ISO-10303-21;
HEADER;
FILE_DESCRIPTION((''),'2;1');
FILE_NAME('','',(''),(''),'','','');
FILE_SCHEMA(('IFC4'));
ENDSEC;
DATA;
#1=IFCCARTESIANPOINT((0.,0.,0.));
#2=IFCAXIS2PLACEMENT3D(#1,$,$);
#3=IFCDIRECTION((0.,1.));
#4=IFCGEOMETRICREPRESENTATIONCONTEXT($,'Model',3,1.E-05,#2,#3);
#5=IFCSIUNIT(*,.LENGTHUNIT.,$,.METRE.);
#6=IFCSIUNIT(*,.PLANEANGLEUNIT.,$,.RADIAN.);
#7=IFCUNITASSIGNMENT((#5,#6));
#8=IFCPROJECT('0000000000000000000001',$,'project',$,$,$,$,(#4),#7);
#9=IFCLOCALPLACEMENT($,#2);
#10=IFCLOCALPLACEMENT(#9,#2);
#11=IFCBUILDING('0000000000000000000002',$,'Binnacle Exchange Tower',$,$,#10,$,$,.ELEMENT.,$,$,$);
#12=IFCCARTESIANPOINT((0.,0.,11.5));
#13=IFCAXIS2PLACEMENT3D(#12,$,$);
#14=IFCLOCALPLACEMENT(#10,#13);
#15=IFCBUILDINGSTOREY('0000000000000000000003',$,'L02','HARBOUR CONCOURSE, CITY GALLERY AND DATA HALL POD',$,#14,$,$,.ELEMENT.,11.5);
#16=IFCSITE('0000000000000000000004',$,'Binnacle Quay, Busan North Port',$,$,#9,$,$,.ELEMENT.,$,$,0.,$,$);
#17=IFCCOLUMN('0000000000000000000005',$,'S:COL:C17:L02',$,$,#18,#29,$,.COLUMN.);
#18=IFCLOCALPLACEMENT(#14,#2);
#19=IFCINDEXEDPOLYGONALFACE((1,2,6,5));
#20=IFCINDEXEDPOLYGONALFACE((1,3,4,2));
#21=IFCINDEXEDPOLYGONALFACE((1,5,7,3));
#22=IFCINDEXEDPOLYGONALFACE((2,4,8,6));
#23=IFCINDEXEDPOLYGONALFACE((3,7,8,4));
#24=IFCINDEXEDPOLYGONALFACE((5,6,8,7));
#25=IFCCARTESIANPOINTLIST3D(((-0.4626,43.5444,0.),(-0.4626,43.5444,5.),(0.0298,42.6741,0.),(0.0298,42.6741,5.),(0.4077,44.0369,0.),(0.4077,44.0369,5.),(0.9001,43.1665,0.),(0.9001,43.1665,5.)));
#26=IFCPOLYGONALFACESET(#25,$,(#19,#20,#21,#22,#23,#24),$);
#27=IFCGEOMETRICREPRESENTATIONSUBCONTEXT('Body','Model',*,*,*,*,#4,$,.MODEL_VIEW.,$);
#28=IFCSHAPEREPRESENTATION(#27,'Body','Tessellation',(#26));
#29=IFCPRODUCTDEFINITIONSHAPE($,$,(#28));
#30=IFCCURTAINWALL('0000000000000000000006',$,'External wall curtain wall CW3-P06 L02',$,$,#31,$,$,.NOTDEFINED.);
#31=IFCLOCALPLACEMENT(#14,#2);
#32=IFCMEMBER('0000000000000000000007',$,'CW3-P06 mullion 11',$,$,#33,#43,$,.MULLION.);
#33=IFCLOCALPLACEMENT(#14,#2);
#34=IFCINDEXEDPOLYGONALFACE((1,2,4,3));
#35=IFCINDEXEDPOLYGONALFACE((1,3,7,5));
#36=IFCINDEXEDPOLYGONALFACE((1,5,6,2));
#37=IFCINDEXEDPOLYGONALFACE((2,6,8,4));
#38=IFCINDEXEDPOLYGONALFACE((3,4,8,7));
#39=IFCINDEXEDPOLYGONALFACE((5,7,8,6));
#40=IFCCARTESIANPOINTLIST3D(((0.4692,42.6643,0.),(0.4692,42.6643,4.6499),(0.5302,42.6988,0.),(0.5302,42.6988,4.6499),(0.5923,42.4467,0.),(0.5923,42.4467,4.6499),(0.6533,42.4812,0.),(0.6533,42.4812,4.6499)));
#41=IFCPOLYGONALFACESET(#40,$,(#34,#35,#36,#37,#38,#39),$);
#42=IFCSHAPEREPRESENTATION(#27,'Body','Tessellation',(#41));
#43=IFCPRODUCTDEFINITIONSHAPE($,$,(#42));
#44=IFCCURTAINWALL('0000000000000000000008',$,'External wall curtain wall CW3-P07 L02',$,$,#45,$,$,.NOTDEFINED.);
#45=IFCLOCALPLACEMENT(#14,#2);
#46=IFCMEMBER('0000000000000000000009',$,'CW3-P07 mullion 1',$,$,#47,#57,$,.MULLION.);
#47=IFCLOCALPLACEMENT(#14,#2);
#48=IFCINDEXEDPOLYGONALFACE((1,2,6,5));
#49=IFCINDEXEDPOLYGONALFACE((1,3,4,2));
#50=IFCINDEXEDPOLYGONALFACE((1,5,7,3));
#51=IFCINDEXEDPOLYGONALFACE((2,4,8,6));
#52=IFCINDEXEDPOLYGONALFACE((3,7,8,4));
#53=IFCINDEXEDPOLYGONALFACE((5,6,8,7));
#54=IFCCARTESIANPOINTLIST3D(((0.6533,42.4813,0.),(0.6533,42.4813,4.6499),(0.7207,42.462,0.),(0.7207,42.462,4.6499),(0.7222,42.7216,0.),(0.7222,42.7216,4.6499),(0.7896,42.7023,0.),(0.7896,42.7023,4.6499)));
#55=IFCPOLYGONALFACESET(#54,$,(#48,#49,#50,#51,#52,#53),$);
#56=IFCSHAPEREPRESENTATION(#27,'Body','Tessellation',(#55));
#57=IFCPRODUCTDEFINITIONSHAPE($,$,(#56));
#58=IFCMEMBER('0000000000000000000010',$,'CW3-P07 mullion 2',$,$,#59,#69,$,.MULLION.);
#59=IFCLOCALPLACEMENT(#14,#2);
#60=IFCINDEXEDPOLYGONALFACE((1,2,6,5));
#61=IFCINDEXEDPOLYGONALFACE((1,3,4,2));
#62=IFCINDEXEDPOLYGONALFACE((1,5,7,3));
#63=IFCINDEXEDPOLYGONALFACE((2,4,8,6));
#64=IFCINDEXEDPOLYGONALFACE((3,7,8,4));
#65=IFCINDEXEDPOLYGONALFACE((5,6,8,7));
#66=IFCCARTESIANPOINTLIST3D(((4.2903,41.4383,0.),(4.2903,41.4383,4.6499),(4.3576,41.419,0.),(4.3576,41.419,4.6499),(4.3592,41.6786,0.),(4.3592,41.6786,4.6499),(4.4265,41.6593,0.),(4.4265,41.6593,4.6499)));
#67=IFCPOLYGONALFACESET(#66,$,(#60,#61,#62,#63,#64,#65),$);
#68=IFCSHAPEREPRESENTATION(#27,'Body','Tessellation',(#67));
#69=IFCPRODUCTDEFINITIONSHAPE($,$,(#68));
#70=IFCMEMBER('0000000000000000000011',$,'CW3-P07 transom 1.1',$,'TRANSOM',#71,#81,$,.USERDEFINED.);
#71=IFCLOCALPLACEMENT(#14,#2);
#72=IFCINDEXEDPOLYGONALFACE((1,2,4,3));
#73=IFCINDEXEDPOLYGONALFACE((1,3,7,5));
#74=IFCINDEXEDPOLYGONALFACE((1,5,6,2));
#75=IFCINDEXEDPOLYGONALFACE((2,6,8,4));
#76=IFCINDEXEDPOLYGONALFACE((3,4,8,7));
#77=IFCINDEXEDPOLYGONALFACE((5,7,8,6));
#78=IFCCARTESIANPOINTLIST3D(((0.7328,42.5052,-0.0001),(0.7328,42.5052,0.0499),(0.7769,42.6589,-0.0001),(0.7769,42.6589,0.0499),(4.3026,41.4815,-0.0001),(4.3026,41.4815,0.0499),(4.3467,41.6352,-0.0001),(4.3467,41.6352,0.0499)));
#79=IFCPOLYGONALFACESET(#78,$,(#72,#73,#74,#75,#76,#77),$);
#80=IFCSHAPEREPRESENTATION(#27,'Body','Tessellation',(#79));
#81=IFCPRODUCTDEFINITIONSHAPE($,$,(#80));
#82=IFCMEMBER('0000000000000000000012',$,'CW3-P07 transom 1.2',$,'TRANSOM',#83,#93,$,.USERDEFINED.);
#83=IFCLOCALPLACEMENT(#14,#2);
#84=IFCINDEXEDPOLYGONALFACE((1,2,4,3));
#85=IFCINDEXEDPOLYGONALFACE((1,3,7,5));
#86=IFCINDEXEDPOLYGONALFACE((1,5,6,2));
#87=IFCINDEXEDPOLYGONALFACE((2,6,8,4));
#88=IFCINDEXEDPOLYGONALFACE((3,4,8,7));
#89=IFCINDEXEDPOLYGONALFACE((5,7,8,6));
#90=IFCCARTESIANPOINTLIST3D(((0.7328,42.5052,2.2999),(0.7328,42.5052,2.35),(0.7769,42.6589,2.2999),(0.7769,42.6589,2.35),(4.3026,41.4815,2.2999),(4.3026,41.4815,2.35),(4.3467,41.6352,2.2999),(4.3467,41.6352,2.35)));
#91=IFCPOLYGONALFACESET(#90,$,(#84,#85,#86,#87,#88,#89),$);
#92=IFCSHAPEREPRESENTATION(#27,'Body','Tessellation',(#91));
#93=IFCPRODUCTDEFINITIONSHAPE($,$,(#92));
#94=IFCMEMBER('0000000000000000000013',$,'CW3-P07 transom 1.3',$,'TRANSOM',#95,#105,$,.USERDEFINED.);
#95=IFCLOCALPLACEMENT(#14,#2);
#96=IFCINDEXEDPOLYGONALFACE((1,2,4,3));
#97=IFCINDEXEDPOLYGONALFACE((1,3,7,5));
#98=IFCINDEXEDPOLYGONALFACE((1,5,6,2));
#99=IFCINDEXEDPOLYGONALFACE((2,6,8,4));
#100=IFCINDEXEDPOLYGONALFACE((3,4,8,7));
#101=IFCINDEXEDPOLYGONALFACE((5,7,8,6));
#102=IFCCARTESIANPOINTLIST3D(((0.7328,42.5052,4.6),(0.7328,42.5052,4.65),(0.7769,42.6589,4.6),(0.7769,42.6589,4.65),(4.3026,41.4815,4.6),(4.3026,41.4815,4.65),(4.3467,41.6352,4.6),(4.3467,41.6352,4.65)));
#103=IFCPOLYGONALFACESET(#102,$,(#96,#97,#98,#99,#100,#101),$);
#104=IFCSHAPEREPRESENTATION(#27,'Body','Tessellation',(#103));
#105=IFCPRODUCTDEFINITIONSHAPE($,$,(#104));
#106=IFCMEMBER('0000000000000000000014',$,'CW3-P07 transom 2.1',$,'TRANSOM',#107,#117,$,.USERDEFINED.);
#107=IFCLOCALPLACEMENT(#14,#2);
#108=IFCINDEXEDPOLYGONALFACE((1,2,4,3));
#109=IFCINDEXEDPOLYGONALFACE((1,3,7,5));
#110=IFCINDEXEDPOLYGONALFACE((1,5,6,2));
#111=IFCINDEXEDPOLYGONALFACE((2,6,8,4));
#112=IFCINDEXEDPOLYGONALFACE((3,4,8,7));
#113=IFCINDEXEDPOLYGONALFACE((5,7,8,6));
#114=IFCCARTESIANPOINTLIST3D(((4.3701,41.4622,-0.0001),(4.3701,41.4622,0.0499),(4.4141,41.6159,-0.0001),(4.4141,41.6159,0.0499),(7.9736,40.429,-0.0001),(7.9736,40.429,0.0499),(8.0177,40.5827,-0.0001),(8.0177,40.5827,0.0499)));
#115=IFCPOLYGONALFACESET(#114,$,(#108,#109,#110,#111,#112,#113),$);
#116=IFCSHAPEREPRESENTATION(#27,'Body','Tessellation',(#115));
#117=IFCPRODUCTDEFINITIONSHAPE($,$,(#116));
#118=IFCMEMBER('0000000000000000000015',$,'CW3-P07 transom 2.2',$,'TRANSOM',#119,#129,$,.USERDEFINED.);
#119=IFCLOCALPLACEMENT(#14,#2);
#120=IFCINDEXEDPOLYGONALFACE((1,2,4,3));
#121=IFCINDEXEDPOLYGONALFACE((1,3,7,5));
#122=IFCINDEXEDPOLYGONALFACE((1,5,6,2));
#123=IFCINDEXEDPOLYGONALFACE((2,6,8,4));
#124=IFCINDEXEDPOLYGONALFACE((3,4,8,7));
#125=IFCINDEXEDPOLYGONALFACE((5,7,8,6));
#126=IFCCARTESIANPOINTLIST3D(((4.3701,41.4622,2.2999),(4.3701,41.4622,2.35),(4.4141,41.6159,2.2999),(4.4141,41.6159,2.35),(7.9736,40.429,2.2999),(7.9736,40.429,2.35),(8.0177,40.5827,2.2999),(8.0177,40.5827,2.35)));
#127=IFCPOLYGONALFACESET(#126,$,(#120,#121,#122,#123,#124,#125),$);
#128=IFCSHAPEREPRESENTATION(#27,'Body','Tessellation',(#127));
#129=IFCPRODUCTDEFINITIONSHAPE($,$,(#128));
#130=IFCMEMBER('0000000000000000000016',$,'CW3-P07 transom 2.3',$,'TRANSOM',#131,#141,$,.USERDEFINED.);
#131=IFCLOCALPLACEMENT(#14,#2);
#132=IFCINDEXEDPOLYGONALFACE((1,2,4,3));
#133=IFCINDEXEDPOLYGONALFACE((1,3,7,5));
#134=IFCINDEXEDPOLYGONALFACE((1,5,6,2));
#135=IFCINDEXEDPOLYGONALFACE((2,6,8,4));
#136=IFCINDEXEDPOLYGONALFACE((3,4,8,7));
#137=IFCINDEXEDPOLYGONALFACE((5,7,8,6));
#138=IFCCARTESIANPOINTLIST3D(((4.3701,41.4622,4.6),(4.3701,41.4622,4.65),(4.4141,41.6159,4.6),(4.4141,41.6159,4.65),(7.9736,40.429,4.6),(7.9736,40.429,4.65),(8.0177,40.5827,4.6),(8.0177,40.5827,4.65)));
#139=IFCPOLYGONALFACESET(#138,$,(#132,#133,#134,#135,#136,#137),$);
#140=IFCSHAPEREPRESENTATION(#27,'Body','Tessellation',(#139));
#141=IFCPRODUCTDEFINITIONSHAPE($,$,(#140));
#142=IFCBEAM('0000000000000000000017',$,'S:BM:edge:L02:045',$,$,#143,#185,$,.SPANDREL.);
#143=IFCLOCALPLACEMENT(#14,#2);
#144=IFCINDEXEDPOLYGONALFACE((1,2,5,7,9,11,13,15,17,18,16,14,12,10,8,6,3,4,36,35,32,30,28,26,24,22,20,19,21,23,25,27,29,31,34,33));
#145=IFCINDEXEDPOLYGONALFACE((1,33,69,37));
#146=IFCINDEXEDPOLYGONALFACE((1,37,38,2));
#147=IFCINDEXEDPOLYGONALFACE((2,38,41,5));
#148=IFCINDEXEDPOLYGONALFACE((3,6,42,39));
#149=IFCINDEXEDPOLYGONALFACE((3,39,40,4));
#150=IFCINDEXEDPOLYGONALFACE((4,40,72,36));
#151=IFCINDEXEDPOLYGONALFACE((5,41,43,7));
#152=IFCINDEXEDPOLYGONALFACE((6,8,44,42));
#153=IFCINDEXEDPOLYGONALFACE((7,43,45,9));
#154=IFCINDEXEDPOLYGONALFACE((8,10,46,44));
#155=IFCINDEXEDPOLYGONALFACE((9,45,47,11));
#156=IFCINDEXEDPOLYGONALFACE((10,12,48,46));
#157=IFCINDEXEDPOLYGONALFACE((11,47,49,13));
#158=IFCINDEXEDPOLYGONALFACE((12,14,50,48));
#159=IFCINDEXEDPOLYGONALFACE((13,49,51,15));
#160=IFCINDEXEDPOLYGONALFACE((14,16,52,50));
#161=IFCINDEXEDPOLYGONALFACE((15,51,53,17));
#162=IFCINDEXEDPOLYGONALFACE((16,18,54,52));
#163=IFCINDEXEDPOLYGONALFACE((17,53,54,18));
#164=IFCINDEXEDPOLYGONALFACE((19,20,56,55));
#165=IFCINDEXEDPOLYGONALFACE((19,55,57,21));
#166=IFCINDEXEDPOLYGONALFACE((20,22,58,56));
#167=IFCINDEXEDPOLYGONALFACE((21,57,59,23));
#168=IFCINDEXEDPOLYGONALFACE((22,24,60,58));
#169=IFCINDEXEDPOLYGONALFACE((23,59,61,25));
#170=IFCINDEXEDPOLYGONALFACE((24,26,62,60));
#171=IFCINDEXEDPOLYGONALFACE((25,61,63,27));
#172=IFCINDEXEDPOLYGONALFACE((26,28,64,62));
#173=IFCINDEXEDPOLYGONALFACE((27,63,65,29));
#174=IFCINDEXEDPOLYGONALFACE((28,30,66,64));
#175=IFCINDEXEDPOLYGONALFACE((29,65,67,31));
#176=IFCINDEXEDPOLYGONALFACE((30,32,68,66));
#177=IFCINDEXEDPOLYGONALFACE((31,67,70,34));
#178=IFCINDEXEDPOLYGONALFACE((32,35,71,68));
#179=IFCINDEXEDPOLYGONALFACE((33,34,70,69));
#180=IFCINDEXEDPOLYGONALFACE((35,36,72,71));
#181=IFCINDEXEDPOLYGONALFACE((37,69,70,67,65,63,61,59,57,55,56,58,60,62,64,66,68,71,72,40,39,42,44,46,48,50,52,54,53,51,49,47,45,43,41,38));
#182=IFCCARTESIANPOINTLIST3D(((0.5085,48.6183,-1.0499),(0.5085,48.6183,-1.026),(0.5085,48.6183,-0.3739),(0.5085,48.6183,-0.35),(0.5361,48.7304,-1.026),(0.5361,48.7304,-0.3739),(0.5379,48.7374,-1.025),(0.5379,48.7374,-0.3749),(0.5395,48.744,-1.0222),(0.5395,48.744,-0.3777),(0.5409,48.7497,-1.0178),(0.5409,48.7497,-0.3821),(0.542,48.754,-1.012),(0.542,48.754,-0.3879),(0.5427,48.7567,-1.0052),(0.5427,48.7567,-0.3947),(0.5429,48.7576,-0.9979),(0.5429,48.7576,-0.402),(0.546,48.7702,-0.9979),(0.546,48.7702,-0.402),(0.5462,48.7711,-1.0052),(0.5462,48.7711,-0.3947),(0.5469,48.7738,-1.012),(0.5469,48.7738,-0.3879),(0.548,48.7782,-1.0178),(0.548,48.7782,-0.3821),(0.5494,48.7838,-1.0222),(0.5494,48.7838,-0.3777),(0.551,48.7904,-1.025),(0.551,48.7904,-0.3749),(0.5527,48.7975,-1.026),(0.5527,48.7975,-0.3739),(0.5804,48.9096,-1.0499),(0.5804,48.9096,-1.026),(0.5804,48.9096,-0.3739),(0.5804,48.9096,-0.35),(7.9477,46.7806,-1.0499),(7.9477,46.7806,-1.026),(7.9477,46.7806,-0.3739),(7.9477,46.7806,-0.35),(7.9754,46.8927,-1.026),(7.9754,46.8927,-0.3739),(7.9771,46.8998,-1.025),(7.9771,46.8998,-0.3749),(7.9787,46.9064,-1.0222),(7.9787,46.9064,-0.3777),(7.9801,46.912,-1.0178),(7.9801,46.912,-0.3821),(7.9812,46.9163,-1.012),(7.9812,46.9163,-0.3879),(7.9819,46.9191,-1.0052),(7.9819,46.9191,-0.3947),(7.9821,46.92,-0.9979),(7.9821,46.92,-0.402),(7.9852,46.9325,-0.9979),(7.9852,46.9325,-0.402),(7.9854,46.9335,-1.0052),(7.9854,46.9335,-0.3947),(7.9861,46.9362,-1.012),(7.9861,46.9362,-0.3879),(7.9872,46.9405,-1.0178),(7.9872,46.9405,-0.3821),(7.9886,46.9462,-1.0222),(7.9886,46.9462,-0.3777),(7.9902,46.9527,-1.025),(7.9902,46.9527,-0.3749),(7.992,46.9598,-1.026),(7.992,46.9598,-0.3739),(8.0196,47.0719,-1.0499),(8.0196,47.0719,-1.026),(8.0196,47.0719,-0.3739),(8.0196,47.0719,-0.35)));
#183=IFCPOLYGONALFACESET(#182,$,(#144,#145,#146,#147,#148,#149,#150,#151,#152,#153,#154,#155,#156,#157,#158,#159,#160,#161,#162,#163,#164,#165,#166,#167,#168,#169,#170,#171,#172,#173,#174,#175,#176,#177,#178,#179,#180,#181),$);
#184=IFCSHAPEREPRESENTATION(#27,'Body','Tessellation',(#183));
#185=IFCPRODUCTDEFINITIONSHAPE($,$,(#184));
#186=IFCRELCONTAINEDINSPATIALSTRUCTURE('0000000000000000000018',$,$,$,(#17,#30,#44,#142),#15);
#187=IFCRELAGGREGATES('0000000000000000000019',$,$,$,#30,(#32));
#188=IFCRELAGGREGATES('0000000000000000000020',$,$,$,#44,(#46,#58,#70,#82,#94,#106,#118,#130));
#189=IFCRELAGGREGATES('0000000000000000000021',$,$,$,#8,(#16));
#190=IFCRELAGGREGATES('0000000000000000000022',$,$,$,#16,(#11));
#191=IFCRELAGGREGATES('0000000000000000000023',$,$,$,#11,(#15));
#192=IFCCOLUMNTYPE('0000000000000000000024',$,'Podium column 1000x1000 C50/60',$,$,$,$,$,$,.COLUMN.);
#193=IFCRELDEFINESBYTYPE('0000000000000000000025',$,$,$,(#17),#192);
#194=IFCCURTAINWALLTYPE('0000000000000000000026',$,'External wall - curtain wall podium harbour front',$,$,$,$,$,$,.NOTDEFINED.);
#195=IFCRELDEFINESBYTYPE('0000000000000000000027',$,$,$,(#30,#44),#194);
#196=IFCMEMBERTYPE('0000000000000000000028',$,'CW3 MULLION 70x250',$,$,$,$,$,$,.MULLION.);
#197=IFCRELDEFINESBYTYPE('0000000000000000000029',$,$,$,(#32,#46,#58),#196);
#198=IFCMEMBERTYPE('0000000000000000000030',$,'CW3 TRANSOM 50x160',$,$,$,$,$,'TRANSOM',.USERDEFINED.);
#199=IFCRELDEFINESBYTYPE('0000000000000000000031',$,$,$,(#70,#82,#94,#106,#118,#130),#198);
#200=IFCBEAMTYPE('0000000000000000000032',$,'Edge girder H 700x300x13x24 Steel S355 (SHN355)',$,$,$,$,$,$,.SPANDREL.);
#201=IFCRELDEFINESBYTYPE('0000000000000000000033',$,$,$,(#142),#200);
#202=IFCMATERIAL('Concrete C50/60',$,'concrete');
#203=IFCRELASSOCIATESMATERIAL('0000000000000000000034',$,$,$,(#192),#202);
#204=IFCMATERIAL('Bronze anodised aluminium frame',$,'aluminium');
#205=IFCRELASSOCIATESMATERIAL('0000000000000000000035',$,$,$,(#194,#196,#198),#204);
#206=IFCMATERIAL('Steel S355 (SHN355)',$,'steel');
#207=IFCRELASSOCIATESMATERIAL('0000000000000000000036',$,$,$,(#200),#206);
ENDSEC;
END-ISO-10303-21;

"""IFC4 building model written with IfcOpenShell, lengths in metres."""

from ifc_helpers import new_model, si_unit, direction, frame, origin, origin_2d, place, context, subcontext, project, spatial, rectangle, i_section, extrude, material, material_profile, profile_set, type_object, element, aggregate, save


model = new_model("IFC4")

# Units and contexts
model_context = context("Model", 3, precision=1e-05, world=origin(), true_north=direction((0.0, 1.0)))
body_context = subcontext(model_context, "Body", "Model", "MODEL_VIEW")
ifc_project = project(units=[si_unit("LENGTHUNIT", "METRE"), si_unit("PLANEANGLEUNIT", "RADIAN")], contexts=[model_context])

# Site, building, storey
site_placement = place(None, origin())
site = spatial("IfcSite", under=ifc_project, at=site_placement, Name="Binnacle Quay, Busan North Port", CompositionType="ELEMENT", RefElevation=0.0)
building_placement = place(site_placement, origin())
building = spatial("IfcBuilding", under=site, at=building_placement, Name="Binnacle Exchange Tower", CompositionType="ELEMENT")
storey_placement = place(building_placement, frame((0.0, 0.0, 11.5)))
storey = spatial("IfcBuildingStorey", under=building, at=storey_placement, Name="L02", Description="HARBOUR CONCOURSE, CITY GALLERY AND DATA HALL POD", CompositionType="ELEMENT", Elevation=11.5)

# Column
ifc_material_1 = material(Name="Concrete C50/60", Category="concrete")
ifc_material_profile_1 = material_profile(ifc_material_1, rectangle(XDim=1.0, YDim=1.0, at=origin_2d()), Name="Podium column 1000x1000 C50/60")
ifc_profile_set_1 = profile_set([ifc_material_profile_1], Name="Concrete C50/60")
column_type = type_object("IfcColumnType", Name="Podium column 1000x1000 C50/60", PredefinedType="COLUMN", material=ifc_profile_set_1)
column_placement = place(storey_placement, frame((0.2188, 43.3555, 0.0), z_axis=(0.0, 0.0, 1.0), x_axis=(0.870356, 0.492424, 0.0)))
element("IfcColumn", 1, at=column_placement, inside=storey, type_object=column_type, Name="S:COL:C17:L02", PredefinedType="COLUMN", context=body_context, shape_type="SweptSolid", body=[
    extrude(rectangle(XDim=1.0, YDim=1.0, at=origin_2d()), origin(), (0.0, 0.0, 1.0), 5.0),
])

# Curtain wall, member
ifc_material_2 = material(Name="Bronze anodised aluminium frame", Category="aluminium")
curtain_wall_type = type_object("IfcCurtainWallType", Name="External wall - curtain wall podium harbour front", PredefinedType="NOTDEFINED", material=ifc_material_2)
curtain_wall_1_placement = place(storey_placement, origin())
curtain_wall_1 = element("IfcCurtainWall", 2, at=curtain_wall_1_placement, inside=storey, type_object=curtain_wall_type, Name="External wall curtain wall CW3-P06 L02", PredefinedType="NOTDEFINED")
ifc_material_profile_2 = material_profile(ifc_material_2, rectangle(XDim=0.25, YDim=0.0701, at=origin_2d()), Name="AL 70x250")
ifc_profile_set_2 = profile_set([ifc_material_profile_2], Name="Bronze anodised aluminium frame")
member_type_1 = type_object("IfcMemberType", Name="CW3 MULLION 70x250", PredefinedType="MULLION", material=ifc_profile_set_2)
member_1_placement = place(storey_placement, frame((0.5613, 42.5728, 0.0), z_axis=(0.0, 0.0, 1.0), x_axis=(-0.492424, 0.870356, 0.0)))
member_1 = element("IfcMember", 3, at=member_1_placement, type_object=member_type_1, Name="CW3-P06 mullion 11", PredefinedType="MULLION", context=body_context, shape_type="SweptSolid", body=[
    extrude(rectangle(XDim=0.25, YDim=0.0701, at=origin_2d()), origin(), (0.0, 0.0, 1.0), 4.6499),
])
aggregate(curtain_wall_1, [member_1])

# Curtain wall, members
curtain_wall_2_placement = place(storey_placement, origin())
curtain_wall_2 = element("IfcCurtainWall", 4, at=curtain_wall_2_placement, inside=storey, type_object=curtain_wall_type, Name="External wall curtain wall CW3-P07 L02", PredefinedType="NOTDEFINED")
member_2_placement = place(storey_placement, frame((0.7214, 42.5918, 0.0), z_axis=(0.0, 0.0, 1.0), x_axis=(0.275637, 0.961262, 0.0)))
member_2 = element("IfcMember", 5, at=member_2_placement, type_object=member_type_1, Name="CW3-P07 mullion 1", PredefinedType="MULLION", context=body_context, shape_type="SweptSolid", body=[
    extrude(rectangle(XDim=0.25, YDim=0.0701, at=origin_2d()), origin(), (0.0, 0.0, 1.0), 4.6499),
])
member_3_placement = place(storey_placement, frame((4.3584, 41.5488, 0.0), z_axis=(0.0, 0.0, 1.0), x_axis=(0.275637, 0.961262, 0.0)))
member_3 = element("IfcMember", 6, at=member_3_placement, type_object=member_type_1, Name="CW3-P07 mullion 2", PredefinedType="MULLION", context=body_context, shape_type="SweptSolid", body=[
    extrude(rectangle(XDim=0.25, YDim=0.0701, at=origin_2d()), origin(), (0.0, 0.0, 1.0), 4.6499),
])
ifc_material_profile_3 = material_profile(ifc_material_2, rectangle(XDim=0.1599, YDim=0.05, at=origin_2d()), Name="AL 160x50")
ifc_profile_set_3 = profile_set([ifc_material_profile_3], Name="Bronze anodised aluminium frame")
member_type_2 = type_object("IfcMemberType", Name="CW3 TRANSOM 50x160", ElementType="TRANSOM", PredefinedType="USERDEFINED", material=ifc_profile_set_3)
member_4_placement = place(storey_placement, frame((0.7549, 42.582, 0.0249), z_axis=(0.961258, -0.27565, 0.0), x_axis=(0.27565, 0.961258, 0.0)))
member_4 = element("IfcMember", 7, at=member_4_placement, type_object=member_type_2, Name="CW3-P07 transom 1.1", ObjectType="TRANSOM", PredefinedType="USERDEFINED", context=body_context, shape_type="SweptSolid", body=[
    extrude(rectangle(XDim=0.1599, YDim=0.05, at=origin_2d()), origin(), (0.0, 0.0, 1.0), 3.7136),
])
member_5_placement = place(storey_placement, frame((0.7549, 42.582, 2.325), z_axis=(0.961258, -0.27565, 0.0), x_axis=(0.27565, 0.961258, 0.0)))
member_5 = element("IfcMember", 8, at=member_5_placement, type_object=member_type_2, Name="CW3-P07 transom 1.2", ObjectType="TRANSOM", PredefinedType="USERDEFINED", context=body_context, shape_type="SweptSolid", body=[
    extrude(rectangle(XDim=0.1599, YDim=0.05, at=origin_2d()), origin(), (0.0, 0.0, 1.0), 3.7136),
])
member_6_placement = place(storey_placement, frame((0.7549, 42.582, 4.625), z_axis=(0.961258, -0.27565, 0.0), x_axis=(0.27565, 0.961258, 0.0)))
member_6 = element("IfcMember", 9, at=member_6_placement, type_object=member_type_2, Name="CW3-P07 transom 1.3", ObjectType="TRANSOM", PredefinedType="USERDEFINED", context=body_context, shape_type="SweptSolid", body=[
    extrude(rectangle(XDim=0.1599, YDim=0.05, at=origin_2d()), origin(), (0.0, 0.0, 1.0), 3.7136),
])
member_7_placement = place(storey_placement, frame((4.3921, 41.5391, 0.0249), z_axis=(0.961268, -0.275616, 0.0), x_axis=(0.275616, 0.961268, 0.0)))
member_7 = element("IfcMember", 10, at=member_7_placement, type_object=member_type_2, Name="CW3-P07 transom 2.1", ObjectType="TRANSOM", PredefinedType="USERDEFINED", context=body_context, shape_type="SweptSolid", body=[
    extrude(rectangle(XDim=0.1599, YDim=0.05, at=origin_2d()), origin(), (0.0, 0.0, 1.0), 3.7488),
])
member_8_placement = place(storey_placement, frame((4.3921, 41.5391, 2.325), z_axis=(0.961268, -0.275616, 0.0), x_axis=(0.275616, 0.961268, 0.0)))
member_8 = element("IfcMember", 11, at=member_8_placement, type_object=member_type_2, Name="CW3-P07 transom 2.2", ObjectType="TRANSOM", PredefinedType="USERDEFINED", context=body_context, shape_type="SweptSolid", body=[
    extrude(rectangle(XDim=0.1599, YDim=0.05, at=origin_2d()), origin(), (0.0, 0.0, 1.0), 3.7488),
])
member_9_placement = place(storey_placement, frame((4.3921, 41.5391, 4.625), z_axis=(0.961268, -0.275616, 0.0), x_axis=(0.275616, 0.961268, 0.0)))
member_9 = element("IfcMember", 12, at=member_9_placement, type_object=member_type_2, Name="CW3-P07 transom 2.3", ObjectType="TRANSOM", PredefinedType="USERDEFINED", context=body_context, shape_type="SweptSolid", body=[
    extrude(rectangle(XDim=0.1599, YDim=0.05, at=origin_2d()), origin(), (0.0, 0.0, 1.0), 3.7488),
])

# Beam
ifc_material_3 = material(Name="Steel S355 (SHN355)", Category="steel")
ifc_material_profile_4 = material_profile(ifc_material_3, i_section(OverallWidth=0.3, OverallDepth=0.7, WebThickness=0.0129, FlangeThickness=0.0239, FilletRadius=0.0281, at=origin_2d()), Name="H 700x300x13x24")
ifc_profile_set_4 = profile_set([ifc_material_profile_4], Name="Steel S355 (SHN355)")
beam_type_1 = type_object("IfcBeamType", Name="Edge girder H 700x300x13x24 Steel S355 (SHN355)", PredefinedType="SPANDREL", material=ifc_profile_set_4)
beam_1_placement = place(storey_placement, frame((0.5444, 48.7639, -0.7), z_axis=(0.970819, -0.239813, 0.0), x_axis=(0.239813, 0.970819, 0.0)))
element("IfcBeam", 13, at=beam_1_placement, inside=storey, type_object=beam_type_1, Name="S:BM:edge:L02:045", PredefinedType="SPANDREL", context=body_context, shape_type="SweptSolid", body=[
    extrude(i_section(OverallWidth=0.3, OverallDepth=0.7, WebThickness=0.0129, FlangeThickness=0.0239, FilletRadius=0.0281, at=origin_2d()), origin(), (0.0, 0.0, 1.0), 7.6628),
])

aggregate(curtain_wall_2, [member_2, member_3, member_4, member_5, member_6, member_7, member_8, member_9])

save(model, "model.ifc")
